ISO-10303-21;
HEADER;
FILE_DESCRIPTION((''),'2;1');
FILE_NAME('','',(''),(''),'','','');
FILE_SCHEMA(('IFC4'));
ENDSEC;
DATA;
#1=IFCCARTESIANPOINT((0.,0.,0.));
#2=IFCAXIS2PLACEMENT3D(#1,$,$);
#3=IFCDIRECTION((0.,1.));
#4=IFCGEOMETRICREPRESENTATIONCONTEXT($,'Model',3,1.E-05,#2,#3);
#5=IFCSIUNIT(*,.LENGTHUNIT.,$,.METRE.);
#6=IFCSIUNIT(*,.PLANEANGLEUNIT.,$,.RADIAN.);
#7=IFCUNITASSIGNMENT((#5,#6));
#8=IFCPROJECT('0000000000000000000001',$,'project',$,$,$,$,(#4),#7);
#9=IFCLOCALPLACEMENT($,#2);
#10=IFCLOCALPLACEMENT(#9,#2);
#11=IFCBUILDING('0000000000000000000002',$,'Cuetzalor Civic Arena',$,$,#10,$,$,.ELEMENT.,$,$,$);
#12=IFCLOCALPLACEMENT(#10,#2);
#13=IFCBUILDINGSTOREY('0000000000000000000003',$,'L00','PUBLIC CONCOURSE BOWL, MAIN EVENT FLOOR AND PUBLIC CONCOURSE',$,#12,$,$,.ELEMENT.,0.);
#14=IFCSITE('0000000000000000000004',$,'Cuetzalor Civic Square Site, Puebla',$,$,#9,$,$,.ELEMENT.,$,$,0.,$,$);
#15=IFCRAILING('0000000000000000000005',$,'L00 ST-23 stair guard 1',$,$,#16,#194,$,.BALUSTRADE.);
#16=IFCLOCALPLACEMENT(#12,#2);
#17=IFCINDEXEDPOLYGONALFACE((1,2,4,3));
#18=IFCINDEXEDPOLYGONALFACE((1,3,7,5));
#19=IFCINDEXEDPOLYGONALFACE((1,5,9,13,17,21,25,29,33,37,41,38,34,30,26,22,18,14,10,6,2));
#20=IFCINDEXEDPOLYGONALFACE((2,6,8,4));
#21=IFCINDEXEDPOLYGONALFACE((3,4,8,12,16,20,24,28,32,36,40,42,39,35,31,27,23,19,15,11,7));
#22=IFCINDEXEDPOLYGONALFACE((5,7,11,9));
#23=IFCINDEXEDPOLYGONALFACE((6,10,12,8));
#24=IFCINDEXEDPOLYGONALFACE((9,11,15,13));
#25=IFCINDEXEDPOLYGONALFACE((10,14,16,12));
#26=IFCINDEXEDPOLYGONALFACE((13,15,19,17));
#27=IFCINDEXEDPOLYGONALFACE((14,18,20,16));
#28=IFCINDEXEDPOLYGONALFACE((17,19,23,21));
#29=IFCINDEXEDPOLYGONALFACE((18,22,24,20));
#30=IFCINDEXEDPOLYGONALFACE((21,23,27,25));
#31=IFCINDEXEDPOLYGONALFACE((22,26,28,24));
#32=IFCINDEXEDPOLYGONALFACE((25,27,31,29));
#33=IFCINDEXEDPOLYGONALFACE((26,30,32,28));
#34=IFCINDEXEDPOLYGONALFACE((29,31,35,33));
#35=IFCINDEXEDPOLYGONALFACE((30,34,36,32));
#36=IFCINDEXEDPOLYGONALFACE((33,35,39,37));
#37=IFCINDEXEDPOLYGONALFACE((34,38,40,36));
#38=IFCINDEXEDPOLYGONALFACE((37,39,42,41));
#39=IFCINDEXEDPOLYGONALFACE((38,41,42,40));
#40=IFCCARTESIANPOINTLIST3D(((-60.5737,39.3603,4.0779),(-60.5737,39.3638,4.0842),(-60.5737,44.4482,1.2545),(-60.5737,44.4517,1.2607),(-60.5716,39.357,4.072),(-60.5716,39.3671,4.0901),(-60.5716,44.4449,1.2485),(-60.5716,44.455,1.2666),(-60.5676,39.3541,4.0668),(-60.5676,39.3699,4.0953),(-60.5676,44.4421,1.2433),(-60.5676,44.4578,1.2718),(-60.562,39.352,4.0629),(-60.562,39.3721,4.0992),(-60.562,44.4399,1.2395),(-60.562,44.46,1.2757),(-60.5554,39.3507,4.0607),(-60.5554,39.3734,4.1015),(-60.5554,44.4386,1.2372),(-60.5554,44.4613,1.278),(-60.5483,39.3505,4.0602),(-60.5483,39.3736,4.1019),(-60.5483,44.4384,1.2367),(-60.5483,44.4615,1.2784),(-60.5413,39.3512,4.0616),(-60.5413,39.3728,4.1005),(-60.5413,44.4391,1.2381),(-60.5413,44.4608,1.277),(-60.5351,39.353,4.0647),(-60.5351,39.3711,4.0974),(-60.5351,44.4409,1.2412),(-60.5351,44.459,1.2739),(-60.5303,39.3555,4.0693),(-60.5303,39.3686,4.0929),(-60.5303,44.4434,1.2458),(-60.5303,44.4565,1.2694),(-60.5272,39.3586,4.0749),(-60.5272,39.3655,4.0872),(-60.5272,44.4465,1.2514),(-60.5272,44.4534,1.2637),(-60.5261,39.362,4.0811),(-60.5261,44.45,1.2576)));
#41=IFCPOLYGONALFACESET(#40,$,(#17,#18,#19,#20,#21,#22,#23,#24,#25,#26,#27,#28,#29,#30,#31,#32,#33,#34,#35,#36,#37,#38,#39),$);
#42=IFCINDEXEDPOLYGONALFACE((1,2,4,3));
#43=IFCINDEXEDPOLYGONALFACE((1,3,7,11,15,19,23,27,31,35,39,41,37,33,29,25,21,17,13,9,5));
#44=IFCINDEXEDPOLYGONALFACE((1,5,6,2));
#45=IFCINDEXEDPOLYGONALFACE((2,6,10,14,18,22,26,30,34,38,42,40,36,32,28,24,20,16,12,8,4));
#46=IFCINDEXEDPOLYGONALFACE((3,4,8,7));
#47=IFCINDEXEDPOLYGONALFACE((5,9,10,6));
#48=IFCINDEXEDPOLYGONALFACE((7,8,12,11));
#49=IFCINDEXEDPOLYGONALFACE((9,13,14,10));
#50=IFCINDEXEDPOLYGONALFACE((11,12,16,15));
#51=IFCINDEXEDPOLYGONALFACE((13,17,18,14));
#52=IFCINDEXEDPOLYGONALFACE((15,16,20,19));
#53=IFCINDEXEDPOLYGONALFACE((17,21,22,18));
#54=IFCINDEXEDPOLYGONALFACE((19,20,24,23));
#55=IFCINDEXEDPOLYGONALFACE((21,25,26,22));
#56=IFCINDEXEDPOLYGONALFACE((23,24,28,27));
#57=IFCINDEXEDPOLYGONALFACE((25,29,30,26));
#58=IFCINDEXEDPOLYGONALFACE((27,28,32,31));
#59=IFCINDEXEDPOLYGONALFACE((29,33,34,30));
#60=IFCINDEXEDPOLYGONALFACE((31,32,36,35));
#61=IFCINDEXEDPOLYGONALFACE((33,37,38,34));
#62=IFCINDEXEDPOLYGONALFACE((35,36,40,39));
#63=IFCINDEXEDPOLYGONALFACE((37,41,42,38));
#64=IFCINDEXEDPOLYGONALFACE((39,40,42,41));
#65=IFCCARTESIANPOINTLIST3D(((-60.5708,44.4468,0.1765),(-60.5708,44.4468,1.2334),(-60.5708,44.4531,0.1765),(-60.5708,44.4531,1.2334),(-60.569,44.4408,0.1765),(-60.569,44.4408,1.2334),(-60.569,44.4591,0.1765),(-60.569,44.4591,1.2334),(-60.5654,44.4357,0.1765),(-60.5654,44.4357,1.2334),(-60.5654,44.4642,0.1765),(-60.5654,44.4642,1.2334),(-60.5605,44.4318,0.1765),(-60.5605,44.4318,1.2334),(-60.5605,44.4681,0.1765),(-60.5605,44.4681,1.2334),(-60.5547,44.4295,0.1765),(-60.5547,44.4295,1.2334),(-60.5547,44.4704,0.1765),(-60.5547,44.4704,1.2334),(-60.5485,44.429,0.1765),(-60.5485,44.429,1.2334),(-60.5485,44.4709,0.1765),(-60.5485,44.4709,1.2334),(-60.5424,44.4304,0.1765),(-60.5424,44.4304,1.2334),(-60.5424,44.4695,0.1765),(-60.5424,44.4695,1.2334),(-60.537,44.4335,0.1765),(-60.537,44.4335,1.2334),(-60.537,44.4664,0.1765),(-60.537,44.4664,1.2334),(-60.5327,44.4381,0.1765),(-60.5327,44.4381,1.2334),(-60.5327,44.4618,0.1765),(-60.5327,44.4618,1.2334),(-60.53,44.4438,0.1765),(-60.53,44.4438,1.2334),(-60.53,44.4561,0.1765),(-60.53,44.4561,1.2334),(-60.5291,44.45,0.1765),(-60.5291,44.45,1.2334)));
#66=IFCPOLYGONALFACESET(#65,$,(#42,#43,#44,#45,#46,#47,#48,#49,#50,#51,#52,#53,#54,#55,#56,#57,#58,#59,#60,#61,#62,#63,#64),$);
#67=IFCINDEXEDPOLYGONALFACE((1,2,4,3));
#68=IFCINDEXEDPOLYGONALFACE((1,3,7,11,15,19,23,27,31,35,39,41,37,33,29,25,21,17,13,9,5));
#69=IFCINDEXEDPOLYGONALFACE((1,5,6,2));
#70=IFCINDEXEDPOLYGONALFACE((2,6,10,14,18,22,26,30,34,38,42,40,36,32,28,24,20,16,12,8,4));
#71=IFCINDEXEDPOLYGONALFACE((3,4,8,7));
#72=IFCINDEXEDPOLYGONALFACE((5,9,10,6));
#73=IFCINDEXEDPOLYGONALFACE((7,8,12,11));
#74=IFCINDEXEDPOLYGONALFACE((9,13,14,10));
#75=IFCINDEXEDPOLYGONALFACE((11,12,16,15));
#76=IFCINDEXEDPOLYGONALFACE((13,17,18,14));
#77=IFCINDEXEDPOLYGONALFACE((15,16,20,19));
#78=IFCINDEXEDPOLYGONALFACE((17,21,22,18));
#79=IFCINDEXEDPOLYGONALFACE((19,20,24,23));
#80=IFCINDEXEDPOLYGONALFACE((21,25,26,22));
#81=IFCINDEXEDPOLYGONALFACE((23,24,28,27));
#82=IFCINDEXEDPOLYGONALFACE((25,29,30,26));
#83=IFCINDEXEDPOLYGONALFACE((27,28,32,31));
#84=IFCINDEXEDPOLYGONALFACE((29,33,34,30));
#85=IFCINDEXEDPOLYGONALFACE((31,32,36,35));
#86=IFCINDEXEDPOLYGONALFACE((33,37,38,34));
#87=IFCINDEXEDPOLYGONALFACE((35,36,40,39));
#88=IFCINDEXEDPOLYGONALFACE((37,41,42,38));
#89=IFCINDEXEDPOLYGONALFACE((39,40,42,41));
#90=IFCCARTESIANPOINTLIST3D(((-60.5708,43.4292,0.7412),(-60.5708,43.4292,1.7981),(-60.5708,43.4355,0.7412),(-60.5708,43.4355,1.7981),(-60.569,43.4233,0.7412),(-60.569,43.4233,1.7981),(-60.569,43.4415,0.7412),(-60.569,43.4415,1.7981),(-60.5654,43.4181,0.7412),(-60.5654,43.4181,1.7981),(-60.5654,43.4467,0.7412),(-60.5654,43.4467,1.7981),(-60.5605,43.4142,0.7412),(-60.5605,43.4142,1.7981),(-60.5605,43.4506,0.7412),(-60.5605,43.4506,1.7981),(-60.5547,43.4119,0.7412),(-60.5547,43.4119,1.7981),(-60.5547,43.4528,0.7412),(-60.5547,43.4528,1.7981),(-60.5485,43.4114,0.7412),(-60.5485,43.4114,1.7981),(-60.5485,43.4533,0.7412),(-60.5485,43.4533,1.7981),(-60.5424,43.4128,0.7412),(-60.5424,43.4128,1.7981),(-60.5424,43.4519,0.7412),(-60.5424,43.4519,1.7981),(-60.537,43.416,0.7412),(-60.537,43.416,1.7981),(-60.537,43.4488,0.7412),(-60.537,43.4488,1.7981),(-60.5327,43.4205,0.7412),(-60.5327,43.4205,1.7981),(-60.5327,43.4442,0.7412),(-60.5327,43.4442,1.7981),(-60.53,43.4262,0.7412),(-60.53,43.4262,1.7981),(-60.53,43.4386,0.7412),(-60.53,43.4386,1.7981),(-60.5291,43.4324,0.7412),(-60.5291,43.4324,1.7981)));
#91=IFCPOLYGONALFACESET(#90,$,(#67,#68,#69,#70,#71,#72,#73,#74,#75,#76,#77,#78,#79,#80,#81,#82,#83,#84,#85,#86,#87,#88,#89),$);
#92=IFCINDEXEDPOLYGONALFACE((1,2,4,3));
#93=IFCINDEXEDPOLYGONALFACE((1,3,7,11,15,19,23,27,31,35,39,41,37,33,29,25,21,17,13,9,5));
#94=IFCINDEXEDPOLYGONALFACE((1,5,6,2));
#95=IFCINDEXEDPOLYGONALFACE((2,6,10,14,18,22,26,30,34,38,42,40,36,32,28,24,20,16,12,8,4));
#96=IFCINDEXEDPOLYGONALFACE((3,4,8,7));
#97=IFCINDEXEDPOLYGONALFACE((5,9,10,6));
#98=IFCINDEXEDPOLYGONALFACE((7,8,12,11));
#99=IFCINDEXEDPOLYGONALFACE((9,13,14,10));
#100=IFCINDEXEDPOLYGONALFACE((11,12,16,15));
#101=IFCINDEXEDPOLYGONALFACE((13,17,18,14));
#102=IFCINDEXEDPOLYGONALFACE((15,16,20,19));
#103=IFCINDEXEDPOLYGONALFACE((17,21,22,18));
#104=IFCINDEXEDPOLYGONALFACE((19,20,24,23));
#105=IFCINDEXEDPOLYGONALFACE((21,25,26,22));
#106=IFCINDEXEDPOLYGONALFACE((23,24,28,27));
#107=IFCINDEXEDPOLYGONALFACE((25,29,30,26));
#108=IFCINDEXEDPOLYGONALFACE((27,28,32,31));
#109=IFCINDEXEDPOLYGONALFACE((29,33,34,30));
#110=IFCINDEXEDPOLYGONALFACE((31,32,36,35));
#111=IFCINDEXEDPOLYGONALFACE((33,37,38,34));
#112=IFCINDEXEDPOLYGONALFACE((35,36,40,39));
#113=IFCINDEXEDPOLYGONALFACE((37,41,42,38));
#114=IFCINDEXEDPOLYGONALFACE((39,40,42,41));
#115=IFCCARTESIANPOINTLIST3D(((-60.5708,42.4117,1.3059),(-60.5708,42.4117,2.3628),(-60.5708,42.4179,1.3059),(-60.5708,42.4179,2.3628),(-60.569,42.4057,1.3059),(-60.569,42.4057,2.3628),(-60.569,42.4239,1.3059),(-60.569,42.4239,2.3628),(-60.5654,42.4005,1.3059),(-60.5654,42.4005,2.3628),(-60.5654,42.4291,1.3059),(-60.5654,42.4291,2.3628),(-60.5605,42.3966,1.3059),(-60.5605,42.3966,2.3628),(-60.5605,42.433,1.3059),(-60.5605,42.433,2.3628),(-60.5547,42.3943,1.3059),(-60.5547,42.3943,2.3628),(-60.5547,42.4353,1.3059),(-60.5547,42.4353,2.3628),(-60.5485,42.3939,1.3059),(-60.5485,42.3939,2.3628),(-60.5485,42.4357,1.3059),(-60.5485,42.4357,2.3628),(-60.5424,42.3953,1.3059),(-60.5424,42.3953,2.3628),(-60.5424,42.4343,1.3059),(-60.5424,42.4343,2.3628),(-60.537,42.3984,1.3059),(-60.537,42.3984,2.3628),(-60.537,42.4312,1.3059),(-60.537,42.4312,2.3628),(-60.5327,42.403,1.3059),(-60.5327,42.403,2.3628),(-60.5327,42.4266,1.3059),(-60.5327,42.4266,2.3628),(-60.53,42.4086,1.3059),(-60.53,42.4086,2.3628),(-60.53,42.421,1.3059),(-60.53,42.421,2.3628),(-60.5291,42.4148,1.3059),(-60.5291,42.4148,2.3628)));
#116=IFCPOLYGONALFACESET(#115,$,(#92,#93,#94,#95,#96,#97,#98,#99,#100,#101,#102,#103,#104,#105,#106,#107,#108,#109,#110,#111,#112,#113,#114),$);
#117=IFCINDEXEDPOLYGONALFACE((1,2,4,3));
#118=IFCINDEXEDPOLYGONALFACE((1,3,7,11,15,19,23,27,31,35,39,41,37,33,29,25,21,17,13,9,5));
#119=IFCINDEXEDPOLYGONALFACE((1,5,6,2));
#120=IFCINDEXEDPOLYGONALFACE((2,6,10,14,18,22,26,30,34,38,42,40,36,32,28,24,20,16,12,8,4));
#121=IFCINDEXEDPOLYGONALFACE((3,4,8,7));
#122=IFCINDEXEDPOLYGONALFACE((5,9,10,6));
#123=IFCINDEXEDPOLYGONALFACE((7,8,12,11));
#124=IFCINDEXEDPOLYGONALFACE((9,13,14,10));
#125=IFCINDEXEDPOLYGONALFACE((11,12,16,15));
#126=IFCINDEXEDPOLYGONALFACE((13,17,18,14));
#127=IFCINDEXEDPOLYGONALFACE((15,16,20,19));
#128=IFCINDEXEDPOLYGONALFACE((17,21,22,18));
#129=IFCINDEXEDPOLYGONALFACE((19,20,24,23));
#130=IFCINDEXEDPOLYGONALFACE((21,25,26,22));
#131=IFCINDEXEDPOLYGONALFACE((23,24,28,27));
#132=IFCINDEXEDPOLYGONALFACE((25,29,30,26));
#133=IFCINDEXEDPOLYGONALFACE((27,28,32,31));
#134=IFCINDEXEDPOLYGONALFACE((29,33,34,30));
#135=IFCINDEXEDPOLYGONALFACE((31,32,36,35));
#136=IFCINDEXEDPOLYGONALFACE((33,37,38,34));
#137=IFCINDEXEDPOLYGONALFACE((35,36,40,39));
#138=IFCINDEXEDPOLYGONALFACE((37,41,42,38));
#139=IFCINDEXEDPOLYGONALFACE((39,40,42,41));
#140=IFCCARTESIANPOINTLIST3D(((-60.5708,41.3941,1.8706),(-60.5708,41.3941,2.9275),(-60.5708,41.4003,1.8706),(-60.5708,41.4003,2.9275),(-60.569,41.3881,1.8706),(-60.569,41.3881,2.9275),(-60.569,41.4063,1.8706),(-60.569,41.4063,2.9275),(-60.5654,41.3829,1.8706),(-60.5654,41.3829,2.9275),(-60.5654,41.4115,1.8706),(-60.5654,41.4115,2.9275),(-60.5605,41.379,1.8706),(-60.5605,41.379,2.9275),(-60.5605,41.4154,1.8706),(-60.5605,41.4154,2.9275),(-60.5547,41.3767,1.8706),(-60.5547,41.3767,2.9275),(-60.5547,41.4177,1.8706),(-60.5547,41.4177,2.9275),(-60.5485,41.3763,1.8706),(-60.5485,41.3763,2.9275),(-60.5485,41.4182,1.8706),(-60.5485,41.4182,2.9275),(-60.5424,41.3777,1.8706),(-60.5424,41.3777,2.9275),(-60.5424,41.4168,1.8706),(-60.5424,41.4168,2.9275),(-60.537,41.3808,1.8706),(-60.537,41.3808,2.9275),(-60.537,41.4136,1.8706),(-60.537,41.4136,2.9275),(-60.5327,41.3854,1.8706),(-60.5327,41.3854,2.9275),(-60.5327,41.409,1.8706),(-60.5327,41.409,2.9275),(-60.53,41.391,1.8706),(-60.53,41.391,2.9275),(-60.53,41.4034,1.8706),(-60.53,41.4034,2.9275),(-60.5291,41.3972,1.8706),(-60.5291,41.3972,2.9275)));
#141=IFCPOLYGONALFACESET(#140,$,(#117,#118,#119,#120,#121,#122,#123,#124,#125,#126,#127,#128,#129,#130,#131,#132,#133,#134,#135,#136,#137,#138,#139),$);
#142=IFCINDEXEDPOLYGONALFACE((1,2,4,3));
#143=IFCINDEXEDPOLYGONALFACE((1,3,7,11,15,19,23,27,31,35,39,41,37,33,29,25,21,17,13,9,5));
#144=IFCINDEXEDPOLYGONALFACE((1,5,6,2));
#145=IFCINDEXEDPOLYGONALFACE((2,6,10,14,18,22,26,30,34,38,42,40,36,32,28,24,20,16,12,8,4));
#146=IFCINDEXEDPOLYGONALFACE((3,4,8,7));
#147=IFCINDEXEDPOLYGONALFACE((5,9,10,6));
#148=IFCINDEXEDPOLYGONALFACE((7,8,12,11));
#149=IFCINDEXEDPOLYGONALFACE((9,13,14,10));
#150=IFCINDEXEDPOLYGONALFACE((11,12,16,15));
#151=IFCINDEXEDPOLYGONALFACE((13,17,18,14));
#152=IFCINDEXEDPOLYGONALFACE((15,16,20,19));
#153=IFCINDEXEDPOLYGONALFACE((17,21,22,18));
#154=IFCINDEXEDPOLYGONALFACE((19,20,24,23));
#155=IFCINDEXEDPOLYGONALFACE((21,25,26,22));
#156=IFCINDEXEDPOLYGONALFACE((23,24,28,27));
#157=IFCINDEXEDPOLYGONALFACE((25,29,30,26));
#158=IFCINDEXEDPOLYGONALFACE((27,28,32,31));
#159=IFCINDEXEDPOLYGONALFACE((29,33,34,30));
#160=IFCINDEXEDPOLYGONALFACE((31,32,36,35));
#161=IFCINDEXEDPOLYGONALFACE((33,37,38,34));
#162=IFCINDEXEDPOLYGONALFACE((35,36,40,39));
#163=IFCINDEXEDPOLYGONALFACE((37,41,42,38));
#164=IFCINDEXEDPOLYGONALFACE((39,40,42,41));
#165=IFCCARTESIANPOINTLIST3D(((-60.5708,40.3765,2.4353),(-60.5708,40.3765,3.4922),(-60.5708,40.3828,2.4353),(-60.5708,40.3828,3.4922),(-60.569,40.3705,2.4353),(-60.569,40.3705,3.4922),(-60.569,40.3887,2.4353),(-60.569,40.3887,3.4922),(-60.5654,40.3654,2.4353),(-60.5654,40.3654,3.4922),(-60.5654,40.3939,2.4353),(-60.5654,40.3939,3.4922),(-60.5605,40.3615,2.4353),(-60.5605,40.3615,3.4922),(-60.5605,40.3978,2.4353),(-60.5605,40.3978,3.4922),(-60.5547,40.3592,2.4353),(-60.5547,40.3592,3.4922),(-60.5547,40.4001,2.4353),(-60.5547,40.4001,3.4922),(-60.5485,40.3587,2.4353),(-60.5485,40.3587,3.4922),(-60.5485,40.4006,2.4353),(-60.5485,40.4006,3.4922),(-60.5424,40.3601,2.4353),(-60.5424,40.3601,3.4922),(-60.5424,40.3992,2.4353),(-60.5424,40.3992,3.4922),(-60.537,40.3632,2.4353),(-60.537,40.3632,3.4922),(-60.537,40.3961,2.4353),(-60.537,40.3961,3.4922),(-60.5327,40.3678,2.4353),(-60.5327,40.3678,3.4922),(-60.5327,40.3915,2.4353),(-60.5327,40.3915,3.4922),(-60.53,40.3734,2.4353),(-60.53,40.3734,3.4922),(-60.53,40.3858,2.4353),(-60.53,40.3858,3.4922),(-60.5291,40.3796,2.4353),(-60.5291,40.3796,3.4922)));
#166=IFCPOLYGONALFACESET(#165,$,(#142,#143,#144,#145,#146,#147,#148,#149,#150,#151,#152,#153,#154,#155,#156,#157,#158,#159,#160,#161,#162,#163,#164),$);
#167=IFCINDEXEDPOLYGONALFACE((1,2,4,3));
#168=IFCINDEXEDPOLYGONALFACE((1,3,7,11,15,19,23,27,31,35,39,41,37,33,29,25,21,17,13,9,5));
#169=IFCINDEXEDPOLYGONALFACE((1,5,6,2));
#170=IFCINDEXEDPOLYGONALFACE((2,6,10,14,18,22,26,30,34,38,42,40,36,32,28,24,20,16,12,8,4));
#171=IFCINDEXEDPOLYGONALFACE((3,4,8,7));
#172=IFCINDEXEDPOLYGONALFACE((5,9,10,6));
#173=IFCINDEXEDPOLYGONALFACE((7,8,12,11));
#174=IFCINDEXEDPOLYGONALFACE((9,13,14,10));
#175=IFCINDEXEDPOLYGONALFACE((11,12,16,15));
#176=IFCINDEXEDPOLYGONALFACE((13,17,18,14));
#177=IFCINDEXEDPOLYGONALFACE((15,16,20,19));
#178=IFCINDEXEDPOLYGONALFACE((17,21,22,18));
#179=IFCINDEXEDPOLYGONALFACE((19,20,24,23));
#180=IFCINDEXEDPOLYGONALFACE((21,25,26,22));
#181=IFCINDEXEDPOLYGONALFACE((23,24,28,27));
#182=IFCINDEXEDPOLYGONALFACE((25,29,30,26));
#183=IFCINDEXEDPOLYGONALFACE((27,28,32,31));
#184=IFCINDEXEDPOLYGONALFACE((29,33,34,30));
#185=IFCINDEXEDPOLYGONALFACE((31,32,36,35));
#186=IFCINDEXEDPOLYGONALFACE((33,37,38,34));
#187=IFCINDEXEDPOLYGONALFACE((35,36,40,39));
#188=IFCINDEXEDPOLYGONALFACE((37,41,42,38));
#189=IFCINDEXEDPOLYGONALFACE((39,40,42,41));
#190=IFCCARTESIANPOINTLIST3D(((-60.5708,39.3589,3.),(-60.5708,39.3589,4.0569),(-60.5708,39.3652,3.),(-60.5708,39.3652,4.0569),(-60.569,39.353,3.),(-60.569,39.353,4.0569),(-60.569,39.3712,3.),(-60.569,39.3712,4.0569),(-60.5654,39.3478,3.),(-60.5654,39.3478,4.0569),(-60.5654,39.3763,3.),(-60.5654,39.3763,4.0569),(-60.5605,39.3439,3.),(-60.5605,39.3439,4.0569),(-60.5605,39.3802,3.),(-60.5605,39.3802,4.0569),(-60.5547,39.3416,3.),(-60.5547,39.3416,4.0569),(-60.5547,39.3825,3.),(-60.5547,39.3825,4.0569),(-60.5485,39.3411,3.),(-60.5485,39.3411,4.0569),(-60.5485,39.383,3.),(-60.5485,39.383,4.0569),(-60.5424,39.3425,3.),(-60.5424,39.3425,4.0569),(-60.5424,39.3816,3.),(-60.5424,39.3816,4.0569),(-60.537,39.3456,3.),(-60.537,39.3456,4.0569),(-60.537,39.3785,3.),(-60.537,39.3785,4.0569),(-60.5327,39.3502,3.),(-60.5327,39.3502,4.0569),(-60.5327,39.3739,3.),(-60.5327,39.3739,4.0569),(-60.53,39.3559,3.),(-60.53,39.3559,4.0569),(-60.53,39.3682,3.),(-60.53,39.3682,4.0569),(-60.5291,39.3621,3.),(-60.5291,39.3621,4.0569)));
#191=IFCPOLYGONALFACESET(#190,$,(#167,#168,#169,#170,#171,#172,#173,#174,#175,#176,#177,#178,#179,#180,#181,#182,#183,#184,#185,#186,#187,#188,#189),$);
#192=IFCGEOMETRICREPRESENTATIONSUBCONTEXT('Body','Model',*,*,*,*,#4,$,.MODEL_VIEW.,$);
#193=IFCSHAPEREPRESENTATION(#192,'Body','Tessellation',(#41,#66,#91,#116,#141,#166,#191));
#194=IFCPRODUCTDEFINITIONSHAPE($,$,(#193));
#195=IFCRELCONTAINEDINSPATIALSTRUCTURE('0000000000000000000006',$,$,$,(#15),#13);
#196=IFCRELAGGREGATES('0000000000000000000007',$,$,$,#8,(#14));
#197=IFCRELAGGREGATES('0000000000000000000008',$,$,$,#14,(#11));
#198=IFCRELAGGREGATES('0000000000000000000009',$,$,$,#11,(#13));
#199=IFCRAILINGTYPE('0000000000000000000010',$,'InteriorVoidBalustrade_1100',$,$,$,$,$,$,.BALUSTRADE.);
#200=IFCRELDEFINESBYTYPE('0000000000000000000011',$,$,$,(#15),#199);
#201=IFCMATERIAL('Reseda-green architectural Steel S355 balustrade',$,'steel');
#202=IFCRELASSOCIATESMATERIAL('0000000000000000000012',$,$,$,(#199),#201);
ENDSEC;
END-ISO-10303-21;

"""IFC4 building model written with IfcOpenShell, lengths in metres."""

from ifc_helpers import new_model, si_unit, direction, frame, origin, origin_2d, place, context, subcontext, project, spatial, circle, extrude, material, type_object, element, save


model = new_model("IFC4")

# Units and contexts
model_context = context("Model", 3, precision=1e-05, world=origin(), true_north=direction((0.0, 1.0)))
body_context = subcontext(model_context, "Body", "Model", "MODEL_VIEW")
ifc_project = project(units=[si_unit("LENGTHUNIT", "METRE"), si_unit("PLANEANGLEUNIT", "RADIAN")], contexts=[model_context])

# Site, building, storey
site_placement = place(None, origin())
site = spatial("IfcSite", under=ifc_project, at=site_placement, Name="Cuetzalor Civic Square Site, Puebla", CompositionType="ELEMENT", RefElevation=0.0)
building_placement = place(site_placement, origin())
building = spatial("IfcBuilding", under=site, at=building_placement, Name="Cuetzalor Civic Arena", CompositionType="ELEMENT")
storey_placement = place(building_placement, origin())
storey = spatial("IfcBuildingStorey", under=building, at=storey_placement, Name="L00", Description="PUBLIC CONCOURSE BOWL, MAIN EVENT FLOOR AND PUBLIC CONCOURSE", CompositionType="ELEMENT", Elevation=0.0)

# Railing
ifc_material_1 = material(Name="Reseda-green architectural Steel S355 balustrade", Category="steel")
railing_type = type_object("IfcRailingType", Name="InteriorVoidBalustrade_1100", PredefinedType="BALUSTRADE", material=ifc_material_1)
railing_1_placement = place(storey_placement, frame((-60.55, 44.45, 0.1765)))
element("IfcRailing", 1, at=railing_1_placement, inside=storey, type_object=railing_type, Name="L00 ST-23 stair guard 1", PredefinedType="BALUSTRADE", context=body_context, shape_type="SweptSolid", body=[
    extrude(circle(Radius=0.0239, at=origin_2d()), frame((0.0, 0.0, 1.0811), z_axis=(0.0, -0.874385, 0.485233), x_axis=(1.0, 0.0, 0.0)), (0.0, 0.0, 1.0), 5.8188),
    extrude(circle(Radius=0.021, at=origin_2d()), origin(), (0.0, 0.0, 1.0), 1.0569),
    extrude(circle(Radius=0.021, at=origin_2d()), frame((0.0, -1.0176, 0.5647)), (0.0, 0.0, 1.0), 1.0569),
    extrude(circle(Radius=0.021, at=origin_2d()), frame((0.0, -2.0352, 1.1294)), (0.0, 0.0, 1.0), 1.0569),
    extrude(circle(Radius=0.021, at=origin_2d()), frame((0.0, -3.0527, 1.6941)), (0.0, 0.0, 1.0), 1.0569),
    extrude(circle(Radius=0.021, at=origin_2d()), frame((0.0, -4.0703, 2.2588)), (0.0, 0.0, 1.0), 1.0569),
    extrude(circle(Radius=0.021, at=origin_2d()), frame((0.0, -5.0879, 2.8235)), (0.0, 0.0, 1.0), 1.0569),
])

save(model, "model.ifc")
